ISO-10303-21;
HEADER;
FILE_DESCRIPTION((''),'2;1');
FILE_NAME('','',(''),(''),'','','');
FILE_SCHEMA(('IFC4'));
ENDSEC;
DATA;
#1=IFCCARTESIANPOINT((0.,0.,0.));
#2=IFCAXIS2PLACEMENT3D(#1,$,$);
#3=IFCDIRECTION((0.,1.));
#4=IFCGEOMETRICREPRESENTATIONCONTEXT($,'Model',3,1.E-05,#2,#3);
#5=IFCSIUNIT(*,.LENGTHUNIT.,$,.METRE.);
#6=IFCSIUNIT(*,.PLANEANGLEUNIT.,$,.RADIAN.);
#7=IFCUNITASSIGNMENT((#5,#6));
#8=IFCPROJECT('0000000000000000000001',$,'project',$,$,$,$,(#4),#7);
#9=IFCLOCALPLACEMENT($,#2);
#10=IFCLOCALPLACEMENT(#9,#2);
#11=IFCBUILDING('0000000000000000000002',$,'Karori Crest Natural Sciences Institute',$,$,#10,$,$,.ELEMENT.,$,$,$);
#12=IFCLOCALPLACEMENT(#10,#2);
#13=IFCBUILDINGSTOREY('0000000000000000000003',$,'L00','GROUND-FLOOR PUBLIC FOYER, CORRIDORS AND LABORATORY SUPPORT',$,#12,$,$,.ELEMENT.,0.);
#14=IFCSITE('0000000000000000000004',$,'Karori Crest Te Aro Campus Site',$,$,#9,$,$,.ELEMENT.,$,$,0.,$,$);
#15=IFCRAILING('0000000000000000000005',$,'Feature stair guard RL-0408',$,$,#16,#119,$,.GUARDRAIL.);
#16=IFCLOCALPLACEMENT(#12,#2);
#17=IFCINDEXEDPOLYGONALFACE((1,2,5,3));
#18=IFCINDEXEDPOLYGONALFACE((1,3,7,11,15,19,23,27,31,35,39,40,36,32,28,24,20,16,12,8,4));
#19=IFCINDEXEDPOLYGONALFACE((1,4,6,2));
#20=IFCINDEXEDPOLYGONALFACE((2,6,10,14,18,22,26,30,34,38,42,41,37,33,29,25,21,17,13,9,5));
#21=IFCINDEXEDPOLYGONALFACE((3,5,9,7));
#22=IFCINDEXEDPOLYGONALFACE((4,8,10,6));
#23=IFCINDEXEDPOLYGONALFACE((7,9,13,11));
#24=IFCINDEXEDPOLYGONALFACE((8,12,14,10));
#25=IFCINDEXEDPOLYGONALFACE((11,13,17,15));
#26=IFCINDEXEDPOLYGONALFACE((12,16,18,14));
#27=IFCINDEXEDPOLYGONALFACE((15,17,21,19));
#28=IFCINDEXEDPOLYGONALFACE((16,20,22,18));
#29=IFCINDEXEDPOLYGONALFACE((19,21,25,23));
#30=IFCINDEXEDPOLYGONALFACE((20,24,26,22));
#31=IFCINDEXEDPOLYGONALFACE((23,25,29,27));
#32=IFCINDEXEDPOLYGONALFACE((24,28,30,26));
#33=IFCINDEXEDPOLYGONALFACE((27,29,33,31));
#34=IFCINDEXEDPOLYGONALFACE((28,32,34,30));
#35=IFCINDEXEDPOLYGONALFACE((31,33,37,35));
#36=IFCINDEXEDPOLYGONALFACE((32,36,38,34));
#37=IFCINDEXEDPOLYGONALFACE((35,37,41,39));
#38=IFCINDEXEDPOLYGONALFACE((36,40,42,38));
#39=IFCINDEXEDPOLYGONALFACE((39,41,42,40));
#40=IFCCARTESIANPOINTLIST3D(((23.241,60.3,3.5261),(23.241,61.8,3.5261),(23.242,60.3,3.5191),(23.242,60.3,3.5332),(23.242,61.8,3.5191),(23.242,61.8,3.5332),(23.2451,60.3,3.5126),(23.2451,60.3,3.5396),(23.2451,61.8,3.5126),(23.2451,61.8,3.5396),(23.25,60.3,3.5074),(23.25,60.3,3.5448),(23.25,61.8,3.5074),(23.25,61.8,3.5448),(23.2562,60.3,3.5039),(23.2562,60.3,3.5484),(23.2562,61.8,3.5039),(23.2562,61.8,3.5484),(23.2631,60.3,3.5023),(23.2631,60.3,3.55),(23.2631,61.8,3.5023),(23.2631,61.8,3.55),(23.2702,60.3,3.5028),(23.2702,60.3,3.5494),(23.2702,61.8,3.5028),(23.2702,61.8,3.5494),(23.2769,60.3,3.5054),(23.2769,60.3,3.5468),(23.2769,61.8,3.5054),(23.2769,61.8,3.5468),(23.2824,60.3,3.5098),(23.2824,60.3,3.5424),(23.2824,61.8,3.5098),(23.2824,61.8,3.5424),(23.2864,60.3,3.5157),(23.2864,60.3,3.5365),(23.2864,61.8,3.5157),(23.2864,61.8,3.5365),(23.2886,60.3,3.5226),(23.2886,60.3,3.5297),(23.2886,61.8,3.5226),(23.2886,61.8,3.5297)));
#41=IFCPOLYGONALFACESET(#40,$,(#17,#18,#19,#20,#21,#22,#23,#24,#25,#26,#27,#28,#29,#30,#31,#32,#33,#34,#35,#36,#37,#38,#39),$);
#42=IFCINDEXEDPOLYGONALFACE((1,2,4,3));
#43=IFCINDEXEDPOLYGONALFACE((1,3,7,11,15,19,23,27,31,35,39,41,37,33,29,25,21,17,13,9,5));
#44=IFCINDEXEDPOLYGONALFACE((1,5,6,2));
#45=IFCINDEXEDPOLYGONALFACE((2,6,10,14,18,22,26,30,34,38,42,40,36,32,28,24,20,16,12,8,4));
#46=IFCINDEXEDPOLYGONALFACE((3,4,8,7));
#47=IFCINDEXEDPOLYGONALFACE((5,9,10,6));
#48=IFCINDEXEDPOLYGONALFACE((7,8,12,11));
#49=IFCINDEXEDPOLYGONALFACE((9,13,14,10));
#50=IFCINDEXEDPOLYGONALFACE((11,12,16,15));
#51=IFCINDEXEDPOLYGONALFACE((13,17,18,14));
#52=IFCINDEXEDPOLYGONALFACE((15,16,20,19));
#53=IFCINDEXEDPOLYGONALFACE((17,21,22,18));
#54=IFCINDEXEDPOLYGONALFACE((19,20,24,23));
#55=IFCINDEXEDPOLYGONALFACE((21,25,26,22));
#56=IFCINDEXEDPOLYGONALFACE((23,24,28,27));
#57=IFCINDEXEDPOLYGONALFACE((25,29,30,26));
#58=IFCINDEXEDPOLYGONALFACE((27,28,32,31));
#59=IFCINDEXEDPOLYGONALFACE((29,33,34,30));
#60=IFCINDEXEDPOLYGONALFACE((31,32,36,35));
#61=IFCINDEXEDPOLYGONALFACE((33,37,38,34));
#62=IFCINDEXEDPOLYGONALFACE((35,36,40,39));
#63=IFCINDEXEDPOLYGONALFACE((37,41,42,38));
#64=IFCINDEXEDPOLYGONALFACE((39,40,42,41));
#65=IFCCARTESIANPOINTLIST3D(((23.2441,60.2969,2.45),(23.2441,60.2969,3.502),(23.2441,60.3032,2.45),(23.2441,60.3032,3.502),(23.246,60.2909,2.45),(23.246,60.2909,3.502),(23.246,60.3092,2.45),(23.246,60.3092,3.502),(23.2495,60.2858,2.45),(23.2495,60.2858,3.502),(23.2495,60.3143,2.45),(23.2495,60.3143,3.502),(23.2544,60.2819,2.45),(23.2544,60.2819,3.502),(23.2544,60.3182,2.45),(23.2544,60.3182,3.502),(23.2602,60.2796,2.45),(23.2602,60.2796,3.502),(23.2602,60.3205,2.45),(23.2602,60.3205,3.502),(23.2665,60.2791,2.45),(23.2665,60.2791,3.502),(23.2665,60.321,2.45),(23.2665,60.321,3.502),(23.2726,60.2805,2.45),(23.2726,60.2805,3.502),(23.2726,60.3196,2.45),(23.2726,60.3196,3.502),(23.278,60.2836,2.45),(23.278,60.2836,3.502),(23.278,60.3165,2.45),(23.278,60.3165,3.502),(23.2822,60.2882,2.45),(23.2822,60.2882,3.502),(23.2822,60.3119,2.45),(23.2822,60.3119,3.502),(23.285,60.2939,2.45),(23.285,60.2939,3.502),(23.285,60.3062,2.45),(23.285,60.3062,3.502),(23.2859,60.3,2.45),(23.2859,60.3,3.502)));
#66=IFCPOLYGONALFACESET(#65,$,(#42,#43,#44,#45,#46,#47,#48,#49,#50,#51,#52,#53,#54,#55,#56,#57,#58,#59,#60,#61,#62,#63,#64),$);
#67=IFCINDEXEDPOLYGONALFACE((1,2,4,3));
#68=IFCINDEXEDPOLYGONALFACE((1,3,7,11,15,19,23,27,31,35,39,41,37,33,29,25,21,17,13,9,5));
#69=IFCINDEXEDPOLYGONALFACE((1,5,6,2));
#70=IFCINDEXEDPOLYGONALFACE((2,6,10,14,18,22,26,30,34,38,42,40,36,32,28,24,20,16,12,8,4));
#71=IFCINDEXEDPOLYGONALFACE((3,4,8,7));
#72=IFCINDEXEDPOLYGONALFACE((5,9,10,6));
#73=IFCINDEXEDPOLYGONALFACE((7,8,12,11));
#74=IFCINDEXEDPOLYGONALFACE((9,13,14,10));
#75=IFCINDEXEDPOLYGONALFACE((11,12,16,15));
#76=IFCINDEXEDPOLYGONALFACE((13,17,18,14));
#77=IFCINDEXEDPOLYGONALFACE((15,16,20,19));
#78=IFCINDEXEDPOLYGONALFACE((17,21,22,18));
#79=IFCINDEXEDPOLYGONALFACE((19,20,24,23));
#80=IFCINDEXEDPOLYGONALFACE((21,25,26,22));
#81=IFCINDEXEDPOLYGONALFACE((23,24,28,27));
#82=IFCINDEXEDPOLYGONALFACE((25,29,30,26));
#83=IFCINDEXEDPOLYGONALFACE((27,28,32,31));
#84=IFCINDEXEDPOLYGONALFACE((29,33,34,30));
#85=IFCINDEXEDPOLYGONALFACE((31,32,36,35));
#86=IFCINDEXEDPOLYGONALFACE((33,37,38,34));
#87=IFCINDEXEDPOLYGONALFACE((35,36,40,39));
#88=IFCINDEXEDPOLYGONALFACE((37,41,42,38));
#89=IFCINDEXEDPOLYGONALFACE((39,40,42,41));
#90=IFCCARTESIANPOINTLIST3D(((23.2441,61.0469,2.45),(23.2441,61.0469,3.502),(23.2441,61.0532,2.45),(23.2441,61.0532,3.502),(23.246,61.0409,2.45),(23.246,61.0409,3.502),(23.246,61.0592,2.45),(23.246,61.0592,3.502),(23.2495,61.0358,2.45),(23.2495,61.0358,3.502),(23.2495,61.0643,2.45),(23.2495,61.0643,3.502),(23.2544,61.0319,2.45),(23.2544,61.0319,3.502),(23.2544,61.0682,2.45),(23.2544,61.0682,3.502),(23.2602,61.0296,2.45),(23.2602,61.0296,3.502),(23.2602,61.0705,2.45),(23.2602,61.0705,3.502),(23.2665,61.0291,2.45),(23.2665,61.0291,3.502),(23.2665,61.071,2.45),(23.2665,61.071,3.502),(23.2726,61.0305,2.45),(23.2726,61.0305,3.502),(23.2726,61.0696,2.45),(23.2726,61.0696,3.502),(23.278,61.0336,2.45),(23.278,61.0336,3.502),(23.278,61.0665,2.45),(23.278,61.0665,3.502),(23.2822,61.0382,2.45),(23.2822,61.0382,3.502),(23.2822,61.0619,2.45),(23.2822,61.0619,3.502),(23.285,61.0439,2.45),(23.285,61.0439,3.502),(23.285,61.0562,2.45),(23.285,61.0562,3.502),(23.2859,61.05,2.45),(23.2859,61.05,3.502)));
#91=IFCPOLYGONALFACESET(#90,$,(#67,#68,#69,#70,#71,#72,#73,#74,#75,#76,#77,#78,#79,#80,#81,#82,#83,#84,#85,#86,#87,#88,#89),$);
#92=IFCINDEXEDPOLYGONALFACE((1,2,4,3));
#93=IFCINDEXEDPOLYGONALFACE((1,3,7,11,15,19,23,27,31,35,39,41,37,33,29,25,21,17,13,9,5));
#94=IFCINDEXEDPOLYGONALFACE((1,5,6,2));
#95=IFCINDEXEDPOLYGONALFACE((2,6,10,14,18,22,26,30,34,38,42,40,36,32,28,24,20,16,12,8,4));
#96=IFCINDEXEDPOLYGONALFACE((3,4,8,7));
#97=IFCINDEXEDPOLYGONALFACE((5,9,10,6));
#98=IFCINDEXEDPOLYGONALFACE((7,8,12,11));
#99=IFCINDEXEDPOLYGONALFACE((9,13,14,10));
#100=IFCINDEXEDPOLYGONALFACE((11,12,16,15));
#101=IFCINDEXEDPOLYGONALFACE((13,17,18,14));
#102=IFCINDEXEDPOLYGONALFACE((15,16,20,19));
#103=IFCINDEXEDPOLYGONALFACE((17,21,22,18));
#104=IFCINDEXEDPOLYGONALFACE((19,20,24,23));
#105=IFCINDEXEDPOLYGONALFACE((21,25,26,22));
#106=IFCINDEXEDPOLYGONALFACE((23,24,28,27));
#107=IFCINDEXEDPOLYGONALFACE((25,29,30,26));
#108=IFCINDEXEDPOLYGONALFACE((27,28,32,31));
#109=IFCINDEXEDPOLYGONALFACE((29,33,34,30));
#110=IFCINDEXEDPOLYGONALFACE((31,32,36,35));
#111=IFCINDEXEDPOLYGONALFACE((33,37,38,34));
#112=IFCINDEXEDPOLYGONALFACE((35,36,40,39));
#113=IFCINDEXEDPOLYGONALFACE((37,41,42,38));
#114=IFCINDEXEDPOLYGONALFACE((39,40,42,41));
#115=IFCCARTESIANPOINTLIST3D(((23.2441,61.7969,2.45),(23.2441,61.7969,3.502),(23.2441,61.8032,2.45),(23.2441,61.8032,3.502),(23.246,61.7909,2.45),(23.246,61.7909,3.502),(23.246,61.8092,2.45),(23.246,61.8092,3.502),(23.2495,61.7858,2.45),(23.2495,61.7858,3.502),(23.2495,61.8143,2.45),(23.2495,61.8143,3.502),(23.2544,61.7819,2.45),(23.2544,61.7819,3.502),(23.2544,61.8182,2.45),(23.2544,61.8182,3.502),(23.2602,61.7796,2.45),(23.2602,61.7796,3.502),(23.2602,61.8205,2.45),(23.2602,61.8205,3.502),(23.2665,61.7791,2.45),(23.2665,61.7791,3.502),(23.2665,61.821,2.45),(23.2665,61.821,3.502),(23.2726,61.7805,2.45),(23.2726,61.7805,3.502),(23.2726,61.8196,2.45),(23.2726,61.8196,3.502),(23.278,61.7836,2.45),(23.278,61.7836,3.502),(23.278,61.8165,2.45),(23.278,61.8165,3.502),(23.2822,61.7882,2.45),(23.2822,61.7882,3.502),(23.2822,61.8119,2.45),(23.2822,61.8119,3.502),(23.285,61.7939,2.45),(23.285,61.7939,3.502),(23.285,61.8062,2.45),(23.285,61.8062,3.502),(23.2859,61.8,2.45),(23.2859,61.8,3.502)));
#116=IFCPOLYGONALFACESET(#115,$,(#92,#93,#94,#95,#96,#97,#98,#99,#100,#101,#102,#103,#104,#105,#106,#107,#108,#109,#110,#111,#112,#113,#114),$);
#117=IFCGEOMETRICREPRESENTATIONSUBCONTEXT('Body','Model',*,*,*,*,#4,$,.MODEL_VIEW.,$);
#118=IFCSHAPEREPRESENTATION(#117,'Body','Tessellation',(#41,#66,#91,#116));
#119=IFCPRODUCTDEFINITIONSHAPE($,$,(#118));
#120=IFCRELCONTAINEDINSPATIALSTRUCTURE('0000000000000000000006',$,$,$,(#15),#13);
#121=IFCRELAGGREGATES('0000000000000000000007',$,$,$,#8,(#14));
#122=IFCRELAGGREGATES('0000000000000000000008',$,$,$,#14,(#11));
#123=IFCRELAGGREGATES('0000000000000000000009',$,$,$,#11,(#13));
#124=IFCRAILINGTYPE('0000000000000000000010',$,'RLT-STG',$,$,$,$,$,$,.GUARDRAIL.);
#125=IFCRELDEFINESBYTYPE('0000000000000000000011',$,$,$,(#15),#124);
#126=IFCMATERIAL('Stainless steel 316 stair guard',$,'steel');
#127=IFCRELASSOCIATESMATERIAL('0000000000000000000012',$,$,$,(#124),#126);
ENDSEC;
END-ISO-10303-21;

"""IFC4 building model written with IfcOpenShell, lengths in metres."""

from ifc_helpers import new_model, si_unit, direction, frame, origin, origin_2d, place, context, subcontext, project, spatial, circle, extrude, material, type_object, element, save


model = new_model("IFC4")

# Units and contexts
model_context = context("Model", 3, precision=1e-05, world=origin(), true_north=direction((0.0, 1.0)))
body_context = subcontext(model_context, "Body", "Model", "MODEL_VIEW")
ifc_project = project(units=[si_unit("LENGTHUNIT", "METRE"), si_unit("PLANEANGLEUNIT", "RADIAN")], contexts=[model_context])

# Site, building, storey
site_placement = place(None, origin())
site = spatial("IfcSite", under=ifc_project, at=site_placement, Name="Karori Crest Te Aro Campus Site", CompositionType="ELEMENT", RefElevation=0.0)
building_placement = place(site_placement, origin())
building = spatial("IfcBuilding", under=site, at=building_placement, Name="Karori Crest Natural Sciences Institute", CompositionType="ELEMENT")
storey_placement = place(building_placement, origin())
storey = spatial("IfcBuildingStorey", under=building, at=storey_placement, Name="L00", Description="GROUND-FLOOR PUBLIC FOYER, CORRIDORS AND LABORATORY SUPPORT", CompositionType="ELEMENT", Elevation=0.0)

# Railing
ifc_material_1 = material(Name="Stainless steel 316 stair guard", Category="steel")
railing_type = type_object("IfcRailingType", Name="RLT-STG", PredefinedType="GUARDRAIL", material=ifc_material_1)
railing_1_placement = place(storey_placement, frame((23.2649, 60.3, 2.45)))
element("IfcRailing", 1, at=railing_1_placement, inside=storey, type_object=railing_type, Name="Feature stair guard RL-0408", PredefinedType="GUARDRAIL", context=body_context, shape_type="SweptSolid", body=[
    extrude(circle(Radius=0.0239, at=origin_2d()), frame((0.0, 0.0, 1.0762), z_axis=(0.0, 1.0, 0.0), x_axis=(-1.0, 0.0, 0.0)), (0.0, 0.0, 1.0), 1.5),
    extrude(circle(Radius=0.021, at=origin_2d()), origin(), (0.0, 0.0, 1.0), 1.052),
    extrude(circle(Radius=0.021, at=origin_2d()), frame((0.0, 0.75, 0.0)), (0.0, 0.0, 1.0), 1.052),
    extrude(circle(Radius=0.021, at=origin_2d()), frame((0.0, 1.5, 0.0)), (0.0, 0.0, 1.0), 1.052),
])

save(model, "model.ifc")
